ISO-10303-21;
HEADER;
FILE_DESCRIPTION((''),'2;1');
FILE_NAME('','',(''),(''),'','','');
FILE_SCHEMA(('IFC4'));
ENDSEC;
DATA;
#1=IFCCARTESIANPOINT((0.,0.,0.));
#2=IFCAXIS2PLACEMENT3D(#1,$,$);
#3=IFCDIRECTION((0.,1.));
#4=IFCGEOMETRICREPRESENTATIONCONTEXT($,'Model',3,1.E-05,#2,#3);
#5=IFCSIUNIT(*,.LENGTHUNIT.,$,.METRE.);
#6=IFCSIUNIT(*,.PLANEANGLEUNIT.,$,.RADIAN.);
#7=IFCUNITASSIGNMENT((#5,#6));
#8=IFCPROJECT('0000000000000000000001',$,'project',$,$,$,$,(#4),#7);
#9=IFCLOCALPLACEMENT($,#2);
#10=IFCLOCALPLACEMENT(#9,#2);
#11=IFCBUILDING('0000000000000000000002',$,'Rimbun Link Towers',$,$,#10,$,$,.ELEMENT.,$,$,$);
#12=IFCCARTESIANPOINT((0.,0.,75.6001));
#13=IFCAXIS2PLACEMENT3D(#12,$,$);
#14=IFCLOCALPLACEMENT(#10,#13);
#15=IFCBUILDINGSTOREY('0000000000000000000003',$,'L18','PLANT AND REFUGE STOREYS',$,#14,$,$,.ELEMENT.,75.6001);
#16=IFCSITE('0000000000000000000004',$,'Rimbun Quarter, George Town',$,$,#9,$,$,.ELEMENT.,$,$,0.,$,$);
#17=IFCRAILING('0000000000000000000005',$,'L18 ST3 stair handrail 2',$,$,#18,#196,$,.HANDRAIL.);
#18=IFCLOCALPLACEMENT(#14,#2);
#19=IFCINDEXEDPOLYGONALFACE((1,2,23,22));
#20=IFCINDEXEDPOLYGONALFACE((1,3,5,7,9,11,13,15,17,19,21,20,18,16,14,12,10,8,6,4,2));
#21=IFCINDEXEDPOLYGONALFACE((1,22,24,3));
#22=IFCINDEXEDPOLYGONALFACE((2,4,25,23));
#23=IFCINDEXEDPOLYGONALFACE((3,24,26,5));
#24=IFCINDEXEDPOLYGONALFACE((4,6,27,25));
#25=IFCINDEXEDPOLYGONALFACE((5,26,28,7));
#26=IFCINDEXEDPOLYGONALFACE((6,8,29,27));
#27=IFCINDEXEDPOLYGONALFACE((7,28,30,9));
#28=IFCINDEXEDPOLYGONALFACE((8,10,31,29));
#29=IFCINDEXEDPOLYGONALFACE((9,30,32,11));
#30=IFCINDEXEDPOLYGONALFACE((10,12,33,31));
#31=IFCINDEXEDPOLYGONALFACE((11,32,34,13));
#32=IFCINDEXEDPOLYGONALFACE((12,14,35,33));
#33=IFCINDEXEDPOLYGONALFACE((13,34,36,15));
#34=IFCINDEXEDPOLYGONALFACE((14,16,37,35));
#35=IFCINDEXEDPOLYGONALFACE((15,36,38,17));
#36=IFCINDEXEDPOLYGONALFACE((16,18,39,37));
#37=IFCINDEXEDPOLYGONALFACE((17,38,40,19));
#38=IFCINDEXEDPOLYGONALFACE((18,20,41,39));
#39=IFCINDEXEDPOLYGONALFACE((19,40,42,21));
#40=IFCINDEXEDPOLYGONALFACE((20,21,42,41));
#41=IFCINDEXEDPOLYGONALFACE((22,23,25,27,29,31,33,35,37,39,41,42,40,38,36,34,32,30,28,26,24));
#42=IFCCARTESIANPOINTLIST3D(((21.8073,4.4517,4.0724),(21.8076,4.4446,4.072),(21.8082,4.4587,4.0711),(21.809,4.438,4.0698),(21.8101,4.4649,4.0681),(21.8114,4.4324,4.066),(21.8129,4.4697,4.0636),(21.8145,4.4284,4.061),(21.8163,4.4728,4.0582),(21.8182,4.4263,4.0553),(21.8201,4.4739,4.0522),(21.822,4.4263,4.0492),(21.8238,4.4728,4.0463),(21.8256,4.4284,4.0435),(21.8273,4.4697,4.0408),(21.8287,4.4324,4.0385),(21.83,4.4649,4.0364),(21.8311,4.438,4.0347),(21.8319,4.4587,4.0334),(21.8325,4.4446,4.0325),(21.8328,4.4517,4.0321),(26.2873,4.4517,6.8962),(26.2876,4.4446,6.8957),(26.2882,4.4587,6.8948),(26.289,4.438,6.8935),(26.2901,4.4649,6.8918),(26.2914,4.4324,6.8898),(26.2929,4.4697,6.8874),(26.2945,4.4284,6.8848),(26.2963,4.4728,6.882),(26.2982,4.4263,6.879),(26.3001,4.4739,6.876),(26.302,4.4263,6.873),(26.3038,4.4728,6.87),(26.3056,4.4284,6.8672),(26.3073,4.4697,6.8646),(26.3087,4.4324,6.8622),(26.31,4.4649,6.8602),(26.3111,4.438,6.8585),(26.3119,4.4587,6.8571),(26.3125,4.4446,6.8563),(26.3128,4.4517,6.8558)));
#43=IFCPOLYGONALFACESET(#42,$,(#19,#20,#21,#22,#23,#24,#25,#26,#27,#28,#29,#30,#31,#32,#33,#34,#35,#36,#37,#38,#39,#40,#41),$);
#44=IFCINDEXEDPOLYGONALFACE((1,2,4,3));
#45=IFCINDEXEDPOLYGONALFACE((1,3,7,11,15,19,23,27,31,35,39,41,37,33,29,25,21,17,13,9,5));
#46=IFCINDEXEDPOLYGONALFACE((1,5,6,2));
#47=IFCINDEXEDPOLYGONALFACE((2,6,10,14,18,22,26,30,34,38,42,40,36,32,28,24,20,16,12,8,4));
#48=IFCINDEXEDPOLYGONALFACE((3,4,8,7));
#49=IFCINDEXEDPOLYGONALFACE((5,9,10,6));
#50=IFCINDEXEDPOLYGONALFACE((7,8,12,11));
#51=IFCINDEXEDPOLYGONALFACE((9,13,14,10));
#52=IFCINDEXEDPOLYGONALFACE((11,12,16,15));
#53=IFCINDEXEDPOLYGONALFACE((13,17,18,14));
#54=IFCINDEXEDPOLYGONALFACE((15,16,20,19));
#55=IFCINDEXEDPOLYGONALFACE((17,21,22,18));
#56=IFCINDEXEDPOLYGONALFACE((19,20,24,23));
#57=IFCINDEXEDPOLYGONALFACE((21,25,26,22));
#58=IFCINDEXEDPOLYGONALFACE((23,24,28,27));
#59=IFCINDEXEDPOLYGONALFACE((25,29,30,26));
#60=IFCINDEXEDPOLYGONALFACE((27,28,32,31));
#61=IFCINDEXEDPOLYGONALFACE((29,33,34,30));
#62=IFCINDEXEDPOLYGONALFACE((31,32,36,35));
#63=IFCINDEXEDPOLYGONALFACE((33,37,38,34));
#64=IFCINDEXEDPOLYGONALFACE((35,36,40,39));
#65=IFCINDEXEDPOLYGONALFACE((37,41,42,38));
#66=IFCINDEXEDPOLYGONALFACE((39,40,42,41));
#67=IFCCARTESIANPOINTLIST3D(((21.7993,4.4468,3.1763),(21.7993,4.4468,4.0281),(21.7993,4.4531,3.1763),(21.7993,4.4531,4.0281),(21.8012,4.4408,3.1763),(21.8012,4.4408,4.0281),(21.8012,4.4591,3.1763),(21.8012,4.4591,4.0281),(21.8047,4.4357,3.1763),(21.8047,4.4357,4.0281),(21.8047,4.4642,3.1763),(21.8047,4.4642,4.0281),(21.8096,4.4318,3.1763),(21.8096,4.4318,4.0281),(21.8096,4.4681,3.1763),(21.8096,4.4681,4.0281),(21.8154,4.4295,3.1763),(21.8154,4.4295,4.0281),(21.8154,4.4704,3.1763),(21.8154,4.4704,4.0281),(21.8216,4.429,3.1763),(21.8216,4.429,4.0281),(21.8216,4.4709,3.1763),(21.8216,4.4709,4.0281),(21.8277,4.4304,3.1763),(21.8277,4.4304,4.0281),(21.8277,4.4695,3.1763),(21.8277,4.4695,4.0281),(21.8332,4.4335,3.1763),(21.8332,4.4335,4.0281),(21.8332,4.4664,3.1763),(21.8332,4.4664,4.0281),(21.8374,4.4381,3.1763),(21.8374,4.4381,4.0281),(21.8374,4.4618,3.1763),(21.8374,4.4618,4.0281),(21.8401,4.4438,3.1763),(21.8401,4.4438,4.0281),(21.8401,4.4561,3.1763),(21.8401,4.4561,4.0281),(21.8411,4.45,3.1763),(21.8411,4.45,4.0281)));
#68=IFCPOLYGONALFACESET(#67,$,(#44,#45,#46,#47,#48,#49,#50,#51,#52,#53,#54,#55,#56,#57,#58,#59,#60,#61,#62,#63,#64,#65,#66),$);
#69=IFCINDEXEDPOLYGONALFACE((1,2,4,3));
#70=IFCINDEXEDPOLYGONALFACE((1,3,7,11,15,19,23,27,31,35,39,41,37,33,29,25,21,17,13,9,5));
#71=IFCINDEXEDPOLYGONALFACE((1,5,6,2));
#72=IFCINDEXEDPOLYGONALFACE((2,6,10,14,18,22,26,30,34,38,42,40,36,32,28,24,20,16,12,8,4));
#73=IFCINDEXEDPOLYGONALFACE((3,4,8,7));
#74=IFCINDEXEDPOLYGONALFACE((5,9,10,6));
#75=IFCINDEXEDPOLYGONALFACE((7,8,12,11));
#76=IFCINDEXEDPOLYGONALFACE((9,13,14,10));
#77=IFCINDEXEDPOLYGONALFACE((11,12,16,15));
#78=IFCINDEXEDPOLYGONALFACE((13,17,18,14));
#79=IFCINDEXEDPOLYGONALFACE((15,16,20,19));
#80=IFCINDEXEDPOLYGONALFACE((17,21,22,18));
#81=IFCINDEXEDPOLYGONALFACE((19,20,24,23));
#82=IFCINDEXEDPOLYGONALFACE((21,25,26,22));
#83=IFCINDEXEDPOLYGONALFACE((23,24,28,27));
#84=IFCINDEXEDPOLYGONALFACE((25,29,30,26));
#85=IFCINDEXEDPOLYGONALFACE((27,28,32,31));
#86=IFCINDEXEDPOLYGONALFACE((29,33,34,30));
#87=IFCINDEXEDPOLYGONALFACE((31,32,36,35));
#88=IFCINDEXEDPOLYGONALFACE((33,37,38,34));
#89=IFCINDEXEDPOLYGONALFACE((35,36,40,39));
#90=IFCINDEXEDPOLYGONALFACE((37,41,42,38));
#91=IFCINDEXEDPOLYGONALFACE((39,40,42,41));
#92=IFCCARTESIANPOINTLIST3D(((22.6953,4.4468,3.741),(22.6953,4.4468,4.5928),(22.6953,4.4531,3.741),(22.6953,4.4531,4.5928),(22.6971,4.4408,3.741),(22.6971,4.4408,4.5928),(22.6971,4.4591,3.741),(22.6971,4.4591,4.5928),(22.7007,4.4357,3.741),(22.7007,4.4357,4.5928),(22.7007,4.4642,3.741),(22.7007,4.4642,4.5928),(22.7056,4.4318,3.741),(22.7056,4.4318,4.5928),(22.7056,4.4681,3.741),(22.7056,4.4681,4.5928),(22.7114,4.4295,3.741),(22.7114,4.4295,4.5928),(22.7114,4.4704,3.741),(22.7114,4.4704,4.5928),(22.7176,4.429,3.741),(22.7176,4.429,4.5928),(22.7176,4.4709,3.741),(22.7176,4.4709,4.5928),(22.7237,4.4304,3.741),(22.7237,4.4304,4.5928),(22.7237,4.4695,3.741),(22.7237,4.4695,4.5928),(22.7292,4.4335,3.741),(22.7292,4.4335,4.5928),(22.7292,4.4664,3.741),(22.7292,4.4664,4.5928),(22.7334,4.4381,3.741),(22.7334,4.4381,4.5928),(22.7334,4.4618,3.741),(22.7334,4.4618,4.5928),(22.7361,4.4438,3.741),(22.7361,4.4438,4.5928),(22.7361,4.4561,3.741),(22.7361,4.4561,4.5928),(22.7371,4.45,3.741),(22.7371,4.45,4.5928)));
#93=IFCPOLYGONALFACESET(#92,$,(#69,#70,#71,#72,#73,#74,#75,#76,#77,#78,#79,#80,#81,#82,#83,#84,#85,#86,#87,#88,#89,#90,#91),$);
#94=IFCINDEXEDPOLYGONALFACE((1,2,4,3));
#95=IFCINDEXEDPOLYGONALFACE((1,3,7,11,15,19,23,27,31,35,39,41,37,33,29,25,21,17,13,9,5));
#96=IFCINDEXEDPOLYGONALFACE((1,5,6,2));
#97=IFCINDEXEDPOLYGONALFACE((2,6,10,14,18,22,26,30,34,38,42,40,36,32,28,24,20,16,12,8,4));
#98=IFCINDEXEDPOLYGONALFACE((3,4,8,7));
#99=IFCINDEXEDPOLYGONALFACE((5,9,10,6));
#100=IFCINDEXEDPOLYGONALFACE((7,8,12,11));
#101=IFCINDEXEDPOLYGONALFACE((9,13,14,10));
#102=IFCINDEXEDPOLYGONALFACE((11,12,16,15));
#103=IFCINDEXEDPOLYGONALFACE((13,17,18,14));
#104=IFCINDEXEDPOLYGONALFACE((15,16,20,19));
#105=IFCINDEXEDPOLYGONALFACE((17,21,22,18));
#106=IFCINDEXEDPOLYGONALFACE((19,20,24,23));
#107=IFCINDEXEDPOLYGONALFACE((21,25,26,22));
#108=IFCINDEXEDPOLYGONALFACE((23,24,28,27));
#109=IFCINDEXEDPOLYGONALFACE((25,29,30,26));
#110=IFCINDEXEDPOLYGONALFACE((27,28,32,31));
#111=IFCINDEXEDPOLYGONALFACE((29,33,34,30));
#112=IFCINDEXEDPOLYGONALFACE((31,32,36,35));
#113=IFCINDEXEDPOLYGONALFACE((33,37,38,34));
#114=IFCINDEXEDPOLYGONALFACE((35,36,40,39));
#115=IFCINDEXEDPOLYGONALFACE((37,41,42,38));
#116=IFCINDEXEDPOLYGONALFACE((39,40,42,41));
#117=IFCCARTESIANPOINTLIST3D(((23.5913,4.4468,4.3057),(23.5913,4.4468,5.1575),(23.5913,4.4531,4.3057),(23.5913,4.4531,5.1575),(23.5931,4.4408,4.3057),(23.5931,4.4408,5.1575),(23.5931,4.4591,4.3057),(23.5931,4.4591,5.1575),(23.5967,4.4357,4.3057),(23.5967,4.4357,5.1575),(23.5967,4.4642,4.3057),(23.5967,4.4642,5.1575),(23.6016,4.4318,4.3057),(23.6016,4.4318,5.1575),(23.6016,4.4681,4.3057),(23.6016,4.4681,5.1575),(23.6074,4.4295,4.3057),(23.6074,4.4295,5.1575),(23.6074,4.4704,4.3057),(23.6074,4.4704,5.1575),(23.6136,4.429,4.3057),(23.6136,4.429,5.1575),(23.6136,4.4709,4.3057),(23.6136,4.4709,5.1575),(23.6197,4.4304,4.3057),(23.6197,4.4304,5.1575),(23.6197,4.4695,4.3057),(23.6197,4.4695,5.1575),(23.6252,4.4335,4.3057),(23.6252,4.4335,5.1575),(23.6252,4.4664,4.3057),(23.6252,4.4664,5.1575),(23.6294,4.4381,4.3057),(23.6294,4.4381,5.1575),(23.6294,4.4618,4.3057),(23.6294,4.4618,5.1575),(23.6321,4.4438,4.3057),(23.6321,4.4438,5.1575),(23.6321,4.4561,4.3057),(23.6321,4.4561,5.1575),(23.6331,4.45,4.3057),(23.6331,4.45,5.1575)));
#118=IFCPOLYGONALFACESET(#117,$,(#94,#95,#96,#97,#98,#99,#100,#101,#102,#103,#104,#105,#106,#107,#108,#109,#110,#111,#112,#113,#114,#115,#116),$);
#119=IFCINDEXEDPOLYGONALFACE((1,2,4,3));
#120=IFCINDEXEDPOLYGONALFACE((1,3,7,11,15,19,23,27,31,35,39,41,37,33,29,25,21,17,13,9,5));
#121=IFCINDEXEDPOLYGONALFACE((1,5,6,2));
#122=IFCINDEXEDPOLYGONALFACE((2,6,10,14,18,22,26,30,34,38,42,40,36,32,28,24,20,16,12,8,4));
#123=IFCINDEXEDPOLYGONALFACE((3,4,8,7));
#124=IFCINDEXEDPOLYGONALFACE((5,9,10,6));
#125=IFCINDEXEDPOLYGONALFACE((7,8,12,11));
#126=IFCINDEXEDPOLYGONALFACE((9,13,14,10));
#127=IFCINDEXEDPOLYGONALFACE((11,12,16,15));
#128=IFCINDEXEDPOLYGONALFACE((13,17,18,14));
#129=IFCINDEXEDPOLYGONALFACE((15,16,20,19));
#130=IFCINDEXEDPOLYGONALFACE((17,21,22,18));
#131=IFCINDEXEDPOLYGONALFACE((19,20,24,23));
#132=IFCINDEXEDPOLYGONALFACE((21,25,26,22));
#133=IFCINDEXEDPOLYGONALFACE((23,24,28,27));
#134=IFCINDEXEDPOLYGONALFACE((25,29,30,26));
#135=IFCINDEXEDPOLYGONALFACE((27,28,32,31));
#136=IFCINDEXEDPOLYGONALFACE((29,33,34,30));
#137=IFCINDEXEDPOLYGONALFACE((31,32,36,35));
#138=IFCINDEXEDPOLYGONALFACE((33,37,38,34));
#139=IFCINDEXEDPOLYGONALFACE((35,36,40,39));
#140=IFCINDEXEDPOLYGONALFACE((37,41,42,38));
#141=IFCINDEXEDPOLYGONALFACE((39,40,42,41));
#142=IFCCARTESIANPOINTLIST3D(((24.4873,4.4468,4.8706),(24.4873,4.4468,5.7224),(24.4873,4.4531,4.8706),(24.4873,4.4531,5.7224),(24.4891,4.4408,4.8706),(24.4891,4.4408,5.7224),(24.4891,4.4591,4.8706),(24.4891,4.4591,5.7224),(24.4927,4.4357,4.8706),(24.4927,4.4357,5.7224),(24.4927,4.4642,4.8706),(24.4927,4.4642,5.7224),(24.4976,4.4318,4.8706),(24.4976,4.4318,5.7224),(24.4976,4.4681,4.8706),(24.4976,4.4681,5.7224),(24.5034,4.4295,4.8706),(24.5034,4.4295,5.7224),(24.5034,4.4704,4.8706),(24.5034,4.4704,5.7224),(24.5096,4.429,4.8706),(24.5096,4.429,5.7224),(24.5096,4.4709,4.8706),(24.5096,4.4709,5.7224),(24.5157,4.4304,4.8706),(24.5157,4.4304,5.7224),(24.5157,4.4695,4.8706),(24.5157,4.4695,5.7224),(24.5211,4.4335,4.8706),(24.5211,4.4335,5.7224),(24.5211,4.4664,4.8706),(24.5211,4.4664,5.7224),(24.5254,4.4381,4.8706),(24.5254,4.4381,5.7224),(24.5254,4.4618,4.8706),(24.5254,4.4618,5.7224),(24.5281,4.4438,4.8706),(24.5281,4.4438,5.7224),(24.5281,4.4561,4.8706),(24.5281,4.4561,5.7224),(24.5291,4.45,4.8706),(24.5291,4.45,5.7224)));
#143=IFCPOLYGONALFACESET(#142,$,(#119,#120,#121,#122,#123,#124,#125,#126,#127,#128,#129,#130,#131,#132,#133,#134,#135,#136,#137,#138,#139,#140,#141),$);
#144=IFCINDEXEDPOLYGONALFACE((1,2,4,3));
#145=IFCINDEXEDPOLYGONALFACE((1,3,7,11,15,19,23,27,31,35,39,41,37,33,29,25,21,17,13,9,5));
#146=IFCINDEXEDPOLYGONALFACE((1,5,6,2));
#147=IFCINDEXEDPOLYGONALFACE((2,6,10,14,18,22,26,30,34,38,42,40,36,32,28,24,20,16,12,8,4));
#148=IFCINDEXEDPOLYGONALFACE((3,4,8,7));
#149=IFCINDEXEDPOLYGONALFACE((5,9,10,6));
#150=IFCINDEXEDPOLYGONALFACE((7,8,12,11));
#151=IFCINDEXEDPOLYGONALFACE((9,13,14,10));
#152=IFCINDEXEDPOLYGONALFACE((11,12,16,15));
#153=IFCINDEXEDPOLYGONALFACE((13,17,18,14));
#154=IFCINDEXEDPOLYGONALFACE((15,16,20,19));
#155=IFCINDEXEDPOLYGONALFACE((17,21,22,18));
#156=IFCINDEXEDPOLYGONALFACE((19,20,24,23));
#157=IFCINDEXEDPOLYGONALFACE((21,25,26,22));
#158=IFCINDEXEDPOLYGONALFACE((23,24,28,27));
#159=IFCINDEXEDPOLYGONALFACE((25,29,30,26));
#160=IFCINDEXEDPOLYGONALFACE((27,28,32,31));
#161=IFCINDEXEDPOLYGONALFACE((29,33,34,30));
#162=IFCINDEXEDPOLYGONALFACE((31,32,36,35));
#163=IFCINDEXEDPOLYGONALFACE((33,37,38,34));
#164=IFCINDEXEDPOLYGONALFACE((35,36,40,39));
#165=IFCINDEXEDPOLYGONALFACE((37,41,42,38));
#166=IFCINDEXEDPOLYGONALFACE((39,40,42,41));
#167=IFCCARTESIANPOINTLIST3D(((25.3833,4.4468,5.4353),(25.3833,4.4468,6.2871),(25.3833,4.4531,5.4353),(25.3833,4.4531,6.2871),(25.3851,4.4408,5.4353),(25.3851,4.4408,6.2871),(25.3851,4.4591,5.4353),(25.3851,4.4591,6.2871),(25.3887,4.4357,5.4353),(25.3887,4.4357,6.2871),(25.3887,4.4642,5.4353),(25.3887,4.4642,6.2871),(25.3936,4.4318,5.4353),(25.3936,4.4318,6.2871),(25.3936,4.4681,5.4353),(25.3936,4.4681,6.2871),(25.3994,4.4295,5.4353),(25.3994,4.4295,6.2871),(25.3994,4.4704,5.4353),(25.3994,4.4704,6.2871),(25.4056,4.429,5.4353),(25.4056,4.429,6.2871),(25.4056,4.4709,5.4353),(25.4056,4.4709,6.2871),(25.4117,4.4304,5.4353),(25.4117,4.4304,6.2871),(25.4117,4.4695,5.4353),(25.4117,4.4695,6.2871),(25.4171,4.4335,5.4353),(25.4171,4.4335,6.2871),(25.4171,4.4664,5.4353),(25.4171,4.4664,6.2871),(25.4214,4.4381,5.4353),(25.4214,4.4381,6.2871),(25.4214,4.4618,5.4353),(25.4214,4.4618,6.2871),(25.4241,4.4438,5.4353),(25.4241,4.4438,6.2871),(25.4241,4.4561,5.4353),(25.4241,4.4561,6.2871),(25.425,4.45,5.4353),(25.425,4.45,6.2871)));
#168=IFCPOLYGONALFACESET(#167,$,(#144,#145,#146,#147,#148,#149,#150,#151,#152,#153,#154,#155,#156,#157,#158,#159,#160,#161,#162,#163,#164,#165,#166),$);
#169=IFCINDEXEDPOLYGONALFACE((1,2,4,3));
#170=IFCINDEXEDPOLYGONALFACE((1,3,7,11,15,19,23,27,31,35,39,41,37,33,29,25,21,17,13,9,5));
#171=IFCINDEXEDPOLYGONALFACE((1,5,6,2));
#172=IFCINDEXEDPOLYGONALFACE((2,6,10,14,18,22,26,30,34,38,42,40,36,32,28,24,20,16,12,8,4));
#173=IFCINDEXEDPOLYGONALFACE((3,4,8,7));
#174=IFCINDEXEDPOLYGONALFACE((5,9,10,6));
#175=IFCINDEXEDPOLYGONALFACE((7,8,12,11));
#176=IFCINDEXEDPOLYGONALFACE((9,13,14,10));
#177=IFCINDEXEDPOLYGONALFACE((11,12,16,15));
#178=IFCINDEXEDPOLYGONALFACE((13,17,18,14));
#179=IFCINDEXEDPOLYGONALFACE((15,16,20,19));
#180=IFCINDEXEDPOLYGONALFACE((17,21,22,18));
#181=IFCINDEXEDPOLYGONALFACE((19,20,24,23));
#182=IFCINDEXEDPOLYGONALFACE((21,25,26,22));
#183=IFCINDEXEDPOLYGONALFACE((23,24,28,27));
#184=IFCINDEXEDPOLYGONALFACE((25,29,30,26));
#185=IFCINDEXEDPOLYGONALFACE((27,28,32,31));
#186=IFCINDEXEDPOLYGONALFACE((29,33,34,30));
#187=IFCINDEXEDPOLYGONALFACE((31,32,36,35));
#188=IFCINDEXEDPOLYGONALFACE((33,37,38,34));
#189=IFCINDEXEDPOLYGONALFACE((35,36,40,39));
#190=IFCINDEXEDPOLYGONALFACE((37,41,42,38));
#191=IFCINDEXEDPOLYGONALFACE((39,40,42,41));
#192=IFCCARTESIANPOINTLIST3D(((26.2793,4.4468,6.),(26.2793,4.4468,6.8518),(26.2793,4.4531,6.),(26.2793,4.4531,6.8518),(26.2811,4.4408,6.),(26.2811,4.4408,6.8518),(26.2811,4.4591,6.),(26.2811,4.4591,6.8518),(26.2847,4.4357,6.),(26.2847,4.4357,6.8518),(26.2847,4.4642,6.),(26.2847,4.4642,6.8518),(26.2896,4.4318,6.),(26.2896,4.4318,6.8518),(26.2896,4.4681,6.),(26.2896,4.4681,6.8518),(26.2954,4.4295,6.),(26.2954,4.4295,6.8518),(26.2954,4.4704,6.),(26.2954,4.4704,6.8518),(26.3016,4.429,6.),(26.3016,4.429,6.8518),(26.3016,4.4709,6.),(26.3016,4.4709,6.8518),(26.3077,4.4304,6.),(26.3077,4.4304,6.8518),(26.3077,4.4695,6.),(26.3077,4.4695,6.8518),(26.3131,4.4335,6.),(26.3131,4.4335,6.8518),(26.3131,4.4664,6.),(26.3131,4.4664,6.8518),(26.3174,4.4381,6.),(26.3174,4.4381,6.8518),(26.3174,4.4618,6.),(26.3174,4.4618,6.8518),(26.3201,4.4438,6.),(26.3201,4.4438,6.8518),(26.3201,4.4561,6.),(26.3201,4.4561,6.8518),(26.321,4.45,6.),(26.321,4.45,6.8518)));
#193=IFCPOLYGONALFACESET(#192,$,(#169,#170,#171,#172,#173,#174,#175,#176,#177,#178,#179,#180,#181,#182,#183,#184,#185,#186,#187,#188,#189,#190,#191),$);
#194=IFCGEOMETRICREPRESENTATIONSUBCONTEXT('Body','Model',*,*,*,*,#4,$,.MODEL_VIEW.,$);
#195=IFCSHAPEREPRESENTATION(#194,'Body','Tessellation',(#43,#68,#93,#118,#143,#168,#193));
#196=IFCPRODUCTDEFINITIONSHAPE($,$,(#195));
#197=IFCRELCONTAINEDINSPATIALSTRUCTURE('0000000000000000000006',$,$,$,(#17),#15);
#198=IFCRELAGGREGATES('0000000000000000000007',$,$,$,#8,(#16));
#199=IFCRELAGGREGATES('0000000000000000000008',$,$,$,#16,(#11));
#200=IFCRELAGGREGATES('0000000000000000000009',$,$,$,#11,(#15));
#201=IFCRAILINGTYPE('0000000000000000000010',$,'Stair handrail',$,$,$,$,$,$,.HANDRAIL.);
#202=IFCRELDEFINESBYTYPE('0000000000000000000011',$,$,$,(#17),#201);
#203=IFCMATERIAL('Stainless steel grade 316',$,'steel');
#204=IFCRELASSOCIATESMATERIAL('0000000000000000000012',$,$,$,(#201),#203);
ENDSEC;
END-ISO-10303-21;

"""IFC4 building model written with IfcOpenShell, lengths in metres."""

from ifc_helpers import new_model, si_unit, direction, frame, origin, origin_2d, place, context, subcontext, project, spatial, circle, extrude, material, type_object, element, save


model = new_model("IFC4")

# Units and contexts
model_context = context("Model", 3, precision=1e-05, world=origin(), true_north=direction((0.0, 1.0)))
body_context = subcontext(model_context, "Body", "Model", "MODEL_VIEW")
ifc_project = project(units=[si_unit("LENGTHUNIT", "METRE"), si_unit("PLANEANGLEUNIT", "RADIAN")], contexts=[model_context])

# Site, building, storey
site_placement = place(None, origin())
site = spatial("IfcSite", under=ifc_project, at=site_placement, Name="Rimbun Quarter, George Town", CompositionType="ELEMENT", RefElevation=0.0)
building_placement = place(site_placement, origin())
building = spatial("IfcBuilding", under=site, at=building_placement, Name="Rimbun Link Towers", CompositionType="ELEMENT")
storey_placement = place(building_placement, frame((0.0, 0.0, 75.6001)))
storey = spatial("IfcBuildingStorey", under=building, at=storey_placement, Name="L18", Description="PLANT AND REFUGE STOREYS", CompositionType="ELEMENT", Elevation=75.6001)

# Railing
ifc_material_1 = material(Name="Stainless steel grade 316", Category="steel")
railing_type_1 = type_object("IfcRailingType", Name="Stair handrail", PredefinedType="HANDRAIL", material=ifc_material_1)
railing_1_placement = place(storey_placement, frame((21.8201, 4.45, 3.1763)))
element("IfcRailing", 1, at=railing_1_placement, inside=storey, type_object=railing_type_1, Name="L18 ST3 stair handrail 2", PredefinedType="HANDRAIL", context=body_context, shape_type="SweptSolid", body=[
    extrude(circle(Radius=0.0239, at=origin_2d()), frame((0.0, 0.0, 0.876), z_axis=(0.845977, 0.0, 0.533219), x_axis=(0.0, 1.0, 0.0)), (0.0, 0.0, 1.0), 5.2957),
    extrude(circle(Radius=0.021, at=origin_2d()), origin(), (0.0, 0.0, 1.0), 0.8518),
    extrude(circle(Radius=0.021, at=origin_2d()), frame((0.896, 0.0, 0.5647)), (0.0, 0.0, 1.0), 0.8518),
    extrude(circle(Radius=0.021, at=origin_2d()), frame((1.792, 0.0, 1.1294)), (0.0, 0.0, 1.0), 0.8518),
    extrude(circle(Radius=0.021, at=origin_2d()), frame((2.688, 0.0, 1.6943)), (0.0, 0.0, 1.0), 0.8518),
    extrude(circle(Radius=0.021, at=origin_2d()), frame((3.584, 0.0, 2.259)), (0.0, 0.0, 1.0), 0.8518),
    extrude(circle(Radius=0.021, at=origin_2d()), frame((4.48, 0.0, 2.8237)), (0.0, 0.0, 1.0), 0.8518),
])

save(model, "model.ifc")
